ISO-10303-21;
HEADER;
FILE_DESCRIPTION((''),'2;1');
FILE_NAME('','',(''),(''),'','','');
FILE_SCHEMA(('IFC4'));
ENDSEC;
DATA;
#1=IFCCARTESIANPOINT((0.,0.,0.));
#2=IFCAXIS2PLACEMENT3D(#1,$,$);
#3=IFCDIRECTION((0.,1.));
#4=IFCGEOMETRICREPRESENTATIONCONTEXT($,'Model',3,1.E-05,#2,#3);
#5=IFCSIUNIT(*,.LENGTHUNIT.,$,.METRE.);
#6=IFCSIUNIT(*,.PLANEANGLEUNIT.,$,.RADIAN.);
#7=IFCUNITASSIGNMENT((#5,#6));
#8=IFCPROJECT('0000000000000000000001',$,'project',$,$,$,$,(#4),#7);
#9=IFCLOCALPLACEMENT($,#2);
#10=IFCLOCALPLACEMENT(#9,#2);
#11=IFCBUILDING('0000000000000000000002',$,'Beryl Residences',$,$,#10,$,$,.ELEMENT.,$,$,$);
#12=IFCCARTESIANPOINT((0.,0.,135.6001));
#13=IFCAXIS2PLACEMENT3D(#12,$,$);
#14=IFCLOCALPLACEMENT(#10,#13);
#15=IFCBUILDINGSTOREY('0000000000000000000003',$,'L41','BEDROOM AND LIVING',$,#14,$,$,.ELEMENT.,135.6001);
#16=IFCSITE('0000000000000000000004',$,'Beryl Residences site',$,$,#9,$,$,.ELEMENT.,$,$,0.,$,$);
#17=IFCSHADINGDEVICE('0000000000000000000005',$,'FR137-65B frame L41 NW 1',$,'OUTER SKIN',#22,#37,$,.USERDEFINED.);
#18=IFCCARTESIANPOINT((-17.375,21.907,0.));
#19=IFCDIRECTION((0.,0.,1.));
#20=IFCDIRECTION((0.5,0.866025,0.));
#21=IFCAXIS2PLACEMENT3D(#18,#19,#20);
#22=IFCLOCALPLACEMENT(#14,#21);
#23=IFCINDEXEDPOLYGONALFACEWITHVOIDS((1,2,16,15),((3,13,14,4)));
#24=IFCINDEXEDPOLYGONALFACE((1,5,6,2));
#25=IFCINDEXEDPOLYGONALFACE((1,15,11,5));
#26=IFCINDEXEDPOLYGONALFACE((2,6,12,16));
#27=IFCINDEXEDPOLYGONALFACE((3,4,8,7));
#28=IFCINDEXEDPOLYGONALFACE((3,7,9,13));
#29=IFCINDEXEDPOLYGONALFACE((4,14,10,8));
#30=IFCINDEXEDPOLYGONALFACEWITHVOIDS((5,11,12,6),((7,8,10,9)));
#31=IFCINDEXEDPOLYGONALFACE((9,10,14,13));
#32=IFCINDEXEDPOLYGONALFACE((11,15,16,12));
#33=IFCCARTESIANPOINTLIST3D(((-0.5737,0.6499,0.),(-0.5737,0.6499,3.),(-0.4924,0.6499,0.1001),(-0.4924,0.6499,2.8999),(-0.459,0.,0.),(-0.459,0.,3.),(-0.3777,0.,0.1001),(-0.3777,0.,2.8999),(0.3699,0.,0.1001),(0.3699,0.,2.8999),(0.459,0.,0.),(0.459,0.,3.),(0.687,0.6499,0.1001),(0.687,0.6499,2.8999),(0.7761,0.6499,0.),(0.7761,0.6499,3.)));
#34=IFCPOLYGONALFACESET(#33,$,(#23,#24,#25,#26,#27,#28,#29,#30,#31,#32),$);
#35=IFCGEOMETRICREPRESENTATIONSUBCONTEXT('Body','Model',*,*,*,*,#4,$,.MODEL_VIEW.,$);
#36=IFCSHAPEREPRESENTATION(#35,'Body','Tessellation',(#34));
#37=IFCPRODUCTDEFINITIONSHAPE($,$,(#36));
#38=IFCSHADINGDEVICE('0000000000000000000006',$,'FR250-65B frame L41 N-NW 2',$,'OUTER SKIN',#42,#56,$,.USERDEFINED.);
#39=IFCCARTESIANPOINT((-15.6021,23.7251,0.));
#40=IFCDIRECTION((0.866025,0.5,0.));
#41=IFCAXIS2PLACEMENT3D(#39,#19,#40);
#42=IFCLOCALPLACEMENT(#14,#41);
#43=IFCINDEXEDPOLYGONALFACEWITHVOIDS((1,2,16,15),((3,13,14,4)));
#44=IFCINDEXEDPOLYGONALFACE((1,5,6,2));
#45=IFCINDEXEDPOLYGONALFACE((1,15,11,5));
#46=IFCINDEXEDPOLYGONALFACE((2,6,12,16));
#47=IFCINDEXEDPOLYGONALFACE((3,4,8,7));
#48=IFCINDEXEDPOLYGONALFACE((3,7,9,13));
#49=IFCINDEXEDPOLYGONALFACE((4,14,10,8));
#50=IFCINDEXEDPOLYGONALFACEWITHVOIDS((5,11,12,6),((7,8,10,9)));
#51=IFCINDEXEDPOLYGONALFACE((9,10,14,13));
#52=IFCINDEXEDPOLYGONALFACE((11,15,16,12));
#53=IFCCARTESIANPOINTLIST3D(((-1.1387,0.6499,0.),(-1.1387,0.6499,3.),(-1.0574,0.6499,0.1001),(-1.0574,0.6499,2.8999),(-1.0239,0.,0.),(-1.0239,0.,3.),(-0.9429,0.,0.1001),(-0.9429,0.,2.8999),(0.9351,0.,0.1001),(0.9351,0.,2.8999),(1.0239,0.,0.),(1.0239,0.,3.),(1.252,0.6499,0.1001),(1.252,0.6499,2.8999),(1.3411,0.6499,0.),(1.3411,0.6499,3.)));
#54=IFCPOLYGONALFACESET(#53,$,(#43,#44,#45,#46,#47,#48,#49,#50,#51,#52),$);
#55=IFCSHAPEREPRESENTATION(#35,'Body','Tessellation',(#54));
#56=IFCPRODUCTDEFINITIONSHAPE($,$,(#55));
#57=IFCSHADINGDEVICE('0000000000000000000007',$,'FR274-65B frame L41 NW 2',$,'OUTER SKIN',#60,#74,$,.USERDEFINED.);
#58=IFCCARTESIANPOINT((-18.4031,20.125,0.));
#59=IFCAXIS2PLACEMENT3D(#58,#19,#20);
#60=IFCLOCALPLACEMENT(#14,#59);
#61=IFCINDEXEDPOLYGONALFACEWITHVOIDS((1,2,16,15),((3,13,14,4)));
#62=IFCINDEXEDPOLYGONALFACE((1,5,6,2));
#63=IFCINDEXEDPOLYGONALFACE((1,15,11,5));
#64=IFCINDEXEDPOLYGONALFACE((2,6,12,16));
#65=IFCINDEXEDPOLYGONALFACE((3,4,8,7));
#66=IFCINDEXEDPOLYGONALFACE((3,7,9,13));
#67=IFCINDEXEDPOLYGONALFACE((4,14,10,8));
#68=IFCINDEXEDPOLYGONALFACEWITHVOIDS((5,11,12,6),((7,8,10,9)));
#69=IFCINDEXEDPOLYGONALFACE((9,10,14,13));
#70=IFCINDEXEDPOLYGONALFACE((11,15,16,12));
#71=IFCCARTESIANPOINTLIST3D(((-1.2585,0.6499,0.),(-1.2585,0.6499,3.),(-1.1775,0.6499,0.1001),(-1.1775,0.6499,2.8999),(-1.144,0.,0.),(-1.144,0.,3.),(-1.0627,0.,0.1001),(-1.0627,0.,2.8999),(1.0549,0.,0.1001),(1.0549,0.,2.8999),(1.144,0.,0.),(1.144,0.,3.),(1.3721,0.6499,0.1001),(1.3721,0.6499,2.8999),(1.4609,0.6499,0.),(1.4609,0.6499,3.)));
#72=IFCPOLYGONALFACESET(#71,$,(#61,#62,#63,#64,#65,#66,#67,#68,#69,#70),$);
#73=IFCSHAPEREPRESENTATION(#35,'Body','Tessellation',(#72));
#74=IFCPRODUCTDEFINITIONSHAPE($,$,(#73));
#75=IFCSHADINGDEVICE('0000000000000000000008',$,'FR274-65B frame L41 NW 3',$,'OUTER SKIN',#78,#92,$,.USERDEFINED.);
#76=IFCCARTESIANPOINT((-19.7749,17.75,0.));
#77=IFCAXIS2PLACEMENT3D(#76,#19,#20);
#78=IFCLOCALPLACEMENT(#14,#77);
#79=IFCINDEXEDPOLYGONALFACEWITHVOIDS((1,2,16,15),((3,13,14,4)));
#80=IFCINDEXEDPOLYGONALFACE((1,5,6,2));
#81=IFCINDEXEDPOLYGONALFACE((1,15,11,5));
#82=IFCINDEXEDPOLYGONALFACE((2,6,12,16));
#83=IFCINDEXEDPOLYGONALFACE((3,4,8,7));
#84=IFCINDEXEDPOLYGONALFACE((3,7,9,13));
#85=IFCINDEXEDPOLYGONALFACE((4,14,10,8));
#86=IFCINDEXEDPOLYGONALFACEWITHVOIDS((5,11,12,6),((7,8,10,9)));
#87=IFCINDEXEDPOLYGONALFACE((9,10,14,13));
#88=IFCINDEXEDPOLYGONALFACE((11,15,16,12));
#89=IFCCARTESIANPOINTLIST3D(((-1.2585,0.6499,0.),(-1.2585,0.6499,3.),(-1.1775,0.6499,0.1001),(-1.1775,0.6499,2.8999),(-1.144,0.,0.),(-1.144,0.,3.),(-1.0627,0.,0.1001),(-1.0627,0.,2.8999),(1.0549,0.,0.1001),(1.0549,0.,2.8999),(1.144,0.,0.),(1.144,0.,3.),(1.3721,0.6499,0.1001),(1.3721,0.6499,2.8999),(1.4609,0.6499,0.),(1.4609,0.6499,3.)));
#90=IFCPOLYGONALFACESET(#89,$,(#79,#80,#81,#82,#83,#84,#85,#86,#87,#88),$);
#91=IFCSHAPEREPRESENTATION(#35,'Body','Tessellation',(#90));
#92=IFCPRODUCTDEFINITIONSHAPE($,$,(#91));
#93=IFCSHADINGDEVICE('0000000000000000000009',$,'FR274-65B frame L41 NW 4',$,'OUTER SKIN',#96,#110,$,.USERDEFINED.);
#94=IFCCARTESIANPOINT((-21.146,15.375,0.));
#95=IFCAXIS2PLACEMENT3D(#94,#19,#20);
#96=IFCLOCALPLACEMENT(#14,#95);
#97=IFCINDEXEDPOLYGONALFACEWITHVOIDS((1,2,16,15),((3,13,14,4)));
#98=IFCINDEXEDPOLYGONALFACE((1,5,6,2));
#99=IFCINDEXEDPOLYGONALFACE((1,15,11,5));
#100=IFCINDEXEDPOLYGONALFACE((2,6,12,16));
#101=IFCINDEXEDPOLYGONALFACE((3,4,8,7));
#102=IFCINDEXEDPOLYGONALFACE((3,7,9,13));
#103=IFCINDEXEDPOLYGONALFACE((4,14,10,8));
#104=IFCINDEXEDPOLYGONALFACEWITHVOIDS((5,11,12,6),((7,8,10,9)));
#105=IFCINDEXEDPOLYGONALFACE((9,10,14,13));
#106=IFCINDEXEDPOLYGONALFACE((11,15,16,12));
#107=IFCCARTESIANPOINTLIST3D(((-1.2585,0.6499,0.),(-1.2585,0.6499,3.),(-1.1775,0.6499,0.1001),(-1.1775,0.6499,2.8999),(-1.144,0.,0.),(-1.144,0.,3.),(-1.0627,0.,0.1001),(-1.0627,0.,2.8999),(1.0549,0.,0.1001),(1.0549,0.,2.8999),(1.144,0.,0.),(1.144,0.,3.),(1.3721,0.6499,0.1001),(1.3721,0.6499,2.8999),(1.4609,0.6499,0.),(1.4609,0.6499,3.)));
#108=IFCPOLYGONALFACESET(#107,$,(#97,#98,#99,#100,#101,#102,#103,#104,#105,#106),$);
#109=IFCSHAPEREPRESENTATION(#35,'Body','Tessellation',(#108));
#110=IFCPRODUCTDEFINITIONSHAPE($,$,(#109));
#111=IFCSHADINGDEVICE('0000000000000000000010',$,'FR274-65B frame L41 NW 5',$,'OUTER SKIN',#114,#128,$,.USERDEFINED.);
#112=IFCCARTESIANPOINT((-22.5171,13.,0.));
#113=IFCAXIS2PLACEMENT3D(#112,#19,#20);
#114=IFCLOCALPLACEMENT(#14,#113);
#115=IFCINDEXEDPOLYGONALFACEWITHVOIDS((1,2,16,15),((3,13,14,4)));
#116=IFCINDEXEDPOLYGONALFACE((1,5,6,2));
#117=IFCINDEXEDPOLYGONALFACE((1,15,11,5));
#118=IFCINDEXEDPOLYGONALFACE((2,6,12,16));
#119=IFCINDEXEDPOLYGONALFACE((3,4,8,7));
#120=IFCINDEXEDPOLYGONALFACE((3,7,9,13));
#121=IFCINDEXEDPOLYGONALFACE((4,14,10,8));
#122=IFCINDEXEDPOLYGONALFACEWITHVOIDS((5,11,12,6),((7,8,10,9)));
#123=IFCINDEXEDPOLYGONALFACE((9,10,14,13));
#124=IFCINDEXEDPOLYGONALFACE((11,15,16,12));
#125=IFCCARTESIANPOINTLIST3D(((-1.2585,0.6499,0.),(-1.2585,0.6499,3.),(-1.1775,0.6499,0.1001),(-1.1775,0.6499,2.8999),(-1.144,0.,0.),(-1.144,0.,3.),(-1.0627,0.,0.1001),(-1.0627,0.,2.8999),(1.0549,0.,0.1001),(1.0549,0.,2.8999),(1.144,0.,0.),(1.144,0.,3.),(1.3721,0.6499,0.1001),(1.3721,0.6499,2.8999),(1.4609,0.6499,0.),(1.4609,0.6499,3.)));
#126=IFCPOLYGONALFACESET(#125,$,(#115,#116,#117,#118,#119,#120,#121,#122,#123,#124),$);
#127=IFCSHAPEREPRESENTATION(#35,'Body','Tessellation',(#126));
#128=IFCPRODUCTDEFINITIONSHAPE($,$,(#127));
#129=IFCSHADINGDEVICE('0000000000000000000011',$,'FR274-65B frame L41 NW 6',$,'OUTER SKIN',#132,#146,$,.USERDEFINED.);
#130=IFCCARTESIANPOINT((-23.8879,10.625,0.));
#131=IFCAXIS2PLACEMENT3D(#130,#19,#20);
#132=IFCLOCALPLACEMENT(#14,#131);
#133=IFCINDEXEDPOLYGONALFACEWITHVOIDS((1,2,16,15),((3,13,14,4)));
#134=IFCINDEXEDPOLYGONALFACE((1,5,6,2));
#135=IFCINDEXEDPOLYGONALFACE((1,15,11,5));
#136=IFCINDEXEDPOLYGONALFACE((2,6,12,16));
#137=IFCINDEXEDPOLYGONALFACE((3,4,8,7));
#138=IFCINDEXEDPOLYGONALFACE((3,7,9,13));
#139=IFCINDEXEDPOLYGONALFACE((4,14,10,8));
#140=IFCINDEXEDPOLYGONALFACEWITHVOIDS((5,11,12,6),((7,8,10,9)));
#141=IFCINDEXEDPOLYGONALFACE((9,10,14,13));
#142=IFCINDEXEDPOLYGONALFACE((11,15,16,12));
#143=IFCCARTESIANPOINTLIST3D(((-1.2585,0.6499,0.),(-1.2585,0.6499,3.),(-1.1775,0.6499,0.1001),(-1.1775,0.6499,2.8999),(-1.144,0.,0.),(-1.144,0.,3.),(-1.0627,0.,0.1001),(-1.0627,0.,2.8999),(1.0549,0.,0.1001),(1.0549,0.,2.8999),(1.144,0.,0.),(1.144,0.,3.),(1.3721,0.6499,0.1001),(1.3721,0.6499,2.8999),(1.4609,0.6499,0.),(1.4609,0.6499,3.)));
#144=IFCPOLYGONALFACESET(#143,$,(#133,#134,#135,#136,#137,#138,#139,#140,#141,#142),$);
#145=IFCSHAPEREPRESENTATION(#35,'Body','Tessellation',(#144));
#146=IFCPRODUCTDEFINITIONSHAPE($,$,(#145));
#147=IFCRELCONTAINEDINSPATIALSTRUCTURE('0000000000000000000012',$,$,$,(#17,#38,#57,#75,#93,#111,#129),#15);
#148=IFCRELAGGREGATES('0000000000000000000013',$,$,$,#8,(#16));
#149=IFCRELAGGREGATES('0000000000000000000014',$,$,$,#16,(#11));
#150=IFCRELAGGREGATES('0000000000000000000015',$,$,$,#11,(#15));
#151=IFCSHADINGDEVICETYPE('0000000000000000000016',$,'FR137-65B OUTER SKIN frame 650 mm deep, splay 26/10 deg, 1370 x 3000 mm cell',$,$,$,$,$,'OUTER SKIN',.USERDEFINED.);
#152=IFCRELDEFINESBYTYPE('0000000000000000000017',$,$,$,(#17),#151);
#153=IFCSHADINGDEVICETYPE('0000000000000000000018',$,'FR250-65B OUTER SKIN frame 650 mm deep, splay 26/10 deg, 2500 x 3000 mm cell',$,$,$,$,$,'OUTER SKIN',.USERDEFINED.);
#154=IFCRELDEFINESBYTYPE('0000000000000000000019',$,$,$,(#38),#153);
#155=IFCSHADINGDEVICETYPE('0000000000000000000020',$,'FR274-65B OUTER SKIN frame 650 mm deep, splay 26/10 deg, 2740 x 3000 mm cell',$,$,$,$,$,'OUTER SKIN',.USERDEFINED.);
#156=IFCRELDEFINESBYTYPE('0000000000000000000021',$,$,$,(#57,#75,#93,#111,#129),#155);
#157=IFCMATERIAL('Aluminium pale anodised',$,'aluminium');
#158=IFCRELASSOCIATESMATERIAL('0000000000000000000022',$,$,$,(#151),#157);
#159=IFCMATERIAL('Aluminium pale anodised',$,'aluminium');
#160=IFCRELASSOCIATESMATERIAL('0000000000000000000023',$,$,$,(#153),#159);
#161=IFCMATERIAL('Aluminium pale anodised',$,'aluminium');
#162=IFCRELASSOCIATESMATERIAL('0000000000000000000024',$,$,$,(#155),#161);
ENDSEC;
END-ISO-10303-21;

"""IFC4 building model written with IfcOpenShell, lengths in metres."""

from ifc_helpers import new_model, entity, si_unit, direction, frame, origin, place, context, subcontext, project, spatial, source, transform, mapped, material, type_object, type_shapes, element, save


model = new_model("IFC4")

# Units and contexts
model_context = context("Model", 3, precision=1e-05, world=origin(), true_north=direction((0.0, 1.0)))
body_context = subcontext(model_context, "Body", "Model", "MODEL_VIEW")
ifc_project = project(units=[si_unit("LENGTHUNIT", "METRE"), si_unit("PLANEANGLEUNIT", "RADIAN")], contexts=[model_context])

# Site, building, storey
site_placement = place(None, origin())
site = spatial("IfcSite", under=ifc_project, at=site_placement, Name="Beryl Residences site", CompositionType="ELEMENT", RefElevation=0.0)
building_placement = place(site_placement, origin())
building = spatial("IfcBuilding", under=site, at=building_placement, Name="Beryl Residences", CompositionType="ELEMENT")
storey_placement = place(building_placement, frame((0.0, 0.0, 135.6001)))
storey = spatial("IfcBuildingStorey", under=building, at=storey_placement, Name="L41", Description="BEDROOM AND LIVING", CompositionType="ELEMENT", Elevation=135.6001)

# Shading devices
ifc_material_1 = material(Name="Aluminium pale anodised", Category="aluminium")
shading_device_type_1 = type_object("IfcShadingDeviceType", Name="FR137-65B OUTER SKIN frame 650 mm deep, splay 26/10 deg, 1370 x 3000 mm cell", ElementType="OUTER SKIN", PredefinedType="USERDEFINED", material=ifc_material_1)
cartesian_point_1 = entity("IfcCartesianPoint", [-0.459, 0.0])
cartesian_point_2 = entity("IfcCartesianPoint", [-0.3699, 0.1001])
cartesian_point_3 = entity("IfcCartesianPoint", [-0.7761, 0.0])
cartesian_point_4 = entity("IfcCartesianPoint", [-0.687, 0.1001])
shared_shape_1 = source(origin(), body_context, "Body", "SweptSolid", [
    entity("IfcExtrudedAreaSolidTapered", entity("IfcArbitraryProfileDefWithVoids", "AREA", None, entity("IfcPolyline", [cartesian_point_1, entity("IfcCartesianPoint", [0.459, 0.0]), entity("IfcCartesianPoint", [0.459, 3.0]), entity("IfcCartesianPoint", [-0.459, 3.0]), cartesian_point_1]), [entity("IfcPolyline", [cartesian_point_2, entity("IfcCartesianPoint", [0.3777, 0.1001]), entity("IfcCartesianPoint", [0.3777, 2.8999]), entity("IfcCartesianPoint", [-0.3699, 2.8999]), cartesian_point_2])]), entity("IfcAxis2Placement3D", entity("IfcCartesianPoint", [0.0, 0.0, 0.0]), entity("IfcDirection", [0.0, 1.0, 0.0]), entity("IfcDirection", [-1.0, 0.0, 0.0])), entity("IfcDirection", [0.0, 0.0, 1.0]), 0.6499, entity("IfcArbitraryProfileDefWithVoids", "AREA", None, entity("IfcPolyline", [cartesian_point_3, entity("IfcCartesianPoint", [0.5737, 0.0]), entity("IfcCartesianPoint", [0.5737, 3.0]), entity("IfcCartesianPoint", [-0.7761, 3.0]), cartesian_point_3]), [entity("IfcPolyline", [cartesian_point_4, entity("IfcCartesianPoint", [0.4924, 0.1001]), entity("IfcCartesianPoint", [0.4924, 2.8999]), entity("IfcCartesianPoint", [-0.687, 2.8999]), cartesian_point_4])])),
])
type_shapes(shading_device_type_1, [shared_shape_1])
shading_device_1_placement = place(storey_placement, frame((-17.375, 21.907, 0.0), z_axis=(0.0, 0.0, 1.0), x_axis=(0.5, 0.866025, 0.0)))
element("IfcShadingDevice", 1, at=shading_device_1_placement, inside=storey, type_object=shading_device_type_1, Name="FR137-65B frame L41 NW 1", ObjectType="OUTER SKIN", PredefinedType="USERDEFINED", context=body_context, shape_type="MappedRepresentation", body=[
    mapped(shared_shape_1, transform((0.0, 0.0, 0.0))),
])
ifc_material_2 = material(Name="Aluminium pale anodised", Category="aluminium")
shading_device_type_2 = type_object("IfcShadingDeviceType", Name="FR250-65B OUTER SKIN frame 650 mm deep, splay 26/10 deg, 2500 x 3000 mm cell", ElementType="OUTER SKIN", PredefinedType="USERDEFINED", material=ifc_material_2)
cartesian_point_5 = entity("IfcCartesianPoint", [-1.0239, 0.0])
cartesian_point_6 = entity("IfcCartesianPoint", [-0.9351, 0.1001])
cartesian_point_7 = entity("IfcCartesianPoint", [-1.3411, 0.0])
cartesian_point_8 = entity("IfcCartesianPoint", [-1.252, 0.1001])
shared_shape_2 = source(origin(), body_context, "Body", "SweptSolid", [
    entity("IfcExtrudedAreaSolidTapered", entity("IfcArbitraryProfileDefWithVoids", "AREA", None, entity("IfcPolyline", [cartesian_point_5, entity("IfcCartesianPoint", [1.0239, 0.0]), entity("IfcCartesianPoint", [1.0239, 3.0]), entity("IfcCartesianPoint", [-1.0239, 3.0]), cartesian_point_5]), [entity("IfcPolyline", [cartesian_point_6, entity("IfcCartesianPoint", [0.9429, 0.1001]), entity("IfcCartesianPoint", [0.9429, 2.8999]), entity("IfcCartesianPoint", [-0.9351, 2.8999]), cartesian_point_6])]), entity("IfcAxis2Placement3D", entity("IfcCartesianPoint", [0.0, 0.0, 0.0]), entity("IfcDirection", [0.0, 1.0, 0.0]), entity("IfcDirection", [-1.0, 0.0, 0.0])), entity("IfcDirection", [0.0, 0.0, 1.0]), 0.6499, entity("IfcArbitraryProfileDefWithVoids", "AREA", None, entity("IfcPolyline", [cartesian_point_7, entity("IfcCartesianPoint", [1.1387, 0.0]), entity("IfcCartesianPoint", [1.1387, 3.0]), entity("IfcCartesianPoint", [-1.3411, 3.0]), cartesian_point_7]), [entity("IfcPolyline", [cartesian_point_8, entity("IfcCartesianPoint", [1.0574, 0.1001]), entity("IfcCartesianPoint", [1.0574, 2.8999]), entity("IfcCartesianPoint", [-1.252, 2.8999]), cartesian_point_8])])),
])
type_shapes(shading_device_type_2, [shared_shape_2])
shading_device_2_placement = place(storey_placement, frame((-15.6021, 23.7251, 0.0), z_axis=(0.0, 0.0, 1.0), x_axis=(0.866025, 0.5, 0.0)))
element("IfcShadingDevice", 2, at=shading_device_2_placement, inside=storey, type_object=shading_device_type_2, Name="FR250-65B frame L41 N-NW 2", ObjectType="OUTER SKIN", PredefinedType="USERDEFINED", context=body_context, shape_type="MappedRepresentation", body=[
    mapped(shared_shape_2, transform((0.0, 0.0, 0.0))),
])
ifc_material_3 = material(Name="Aluminium pale anodised", Category="aluminium")
shading_device_type_3 = type_object("IfcShadingDeviceType", Name="FR274-65B OUTER SKIN frame 650 mm deep, splay 26/10 deg, 2740 x 3000 mm cell", ElementType="OUTER SKIN", PredefinedType="USERDEFINED", material=ifc_material_3)
cartesian_point_9 = entity("IfcCartesianPoint", [-1.144, 0.0])
cartesian_point_10 = entity("IfcCartesianPoint", [-1.0549, 0.1001])
cartesian_point_11 = entity("IfcCartesianPoint", [-1.4609, 0.0])
cartesian_point_12 = entity("IfcCartesianPoint", [-1.3721, 0.1001])
shared_shape_3 = source(origin(), body_context, "Body", "SweptSolid", [
    entity("IfcExtrudedAreaSolidTapered", entity("IfcArbitraryProfileDefWithVoids", "AREA", None, entity("IfcPolyline", [cartesian_point_9, entity("IfcCartesianPoint", [1.144, 0.0]), entity("IfcCartesianPoint", [1.144, 3.0]), entity("IfcCartesianPoint", [-1.144, 3.0]), cartesian_point_9]), [entity("IfcPolyline", [cartesian_point_10, entity("IfcCartesianPoint", [1.0627, 0.1001]), entity("IfcCartesianPoint", [1.0627, 2.8999]), entity("IfcCartesianPoint", [-1.0549, 2.8999]), cartesian_point_10])]), entity("IfcAxis2Placement3D", entity("IfcCartesianPoint", [0.0, 0.0, 0.0]), entity("IfcDirection", [0.0, 1.0, 0.0]), entity("IfcDirection", [-1.0, 0.0, 0.0])), entity("IfcDirection", [0.0, 0.0, 1.0]), 0.6499, entity("IfcArbitraryProfileDefWithVoids", "AREA", None, entity("IfcPolyline", [cartesian_point_11, entity("IfcCartesianPoint", [1.2585, 0.0]), entity("IfcCartesianPoint", [1.2585, 3.0]), entity("IfcCartesianPoint", [-1.4609, 3.0]), cartesian_point_11]), [entity("IfcPolyline", [cartesian_point_12, entity("IfcCartesianPoint", [1.1775, 0.1001]), entity("IfcCartesianPoint", [1.1775, 2.8999]), entity("IfcCartesianPoint", [-1.3721, 2.8999]), cartesian_point_12])])),
])
type_shapes(shading_device_type_3, [shared_shape_3])
for number, where, z_axis, x_axis, name in (
    (3, (-18.4031, 20.125, 0.0), (0.0, 0.0, 1.0), (0.5, 0.866025, 0.0), "FR274-65B frame L41 NW 2"),
    (4, (-19.7749, 17.75, 0.0), (0.0, 0.0, 1.0), (0.5, 0.866025, 0.0), "FR274-65B frame L41 NW 3"),
    (5, (-21.146, 15.375, 0.0), (0.0, 0.0, 1.0), (0.5, 0.866025, 0.0), "FR274-65B frame L41 NW 4"),
    (6, (-22.5171, 13.0, 0.0), (0.0, 0.0, 1.0), (0.5, 0.866025, 0.0), "FR274-65B frame L41 NW 5"),
    (7, (-23.8879, 10.625, 0.0), (0.0, 0.0, 1.0), (0.5, 0.866025, 0.0), "FR274-65B frame L41 NW 6"),
):
    element("IfcShadingDevice", number, at=place(storey_placement, frame(where, z_axis=z_axis, x_axis=x_axis)), inside=storey, type_object=shading_device_type_3, Name=name, ObjectType="OUTER SKIN", PredefinedType="USERDEFINED", context=body_context, shape_type="MappedRepresentation", body=[
        mapped(shared_shape_3, transform((0.0, 0.0, 0.0))),
    ])

save(model, "model.ifc")
